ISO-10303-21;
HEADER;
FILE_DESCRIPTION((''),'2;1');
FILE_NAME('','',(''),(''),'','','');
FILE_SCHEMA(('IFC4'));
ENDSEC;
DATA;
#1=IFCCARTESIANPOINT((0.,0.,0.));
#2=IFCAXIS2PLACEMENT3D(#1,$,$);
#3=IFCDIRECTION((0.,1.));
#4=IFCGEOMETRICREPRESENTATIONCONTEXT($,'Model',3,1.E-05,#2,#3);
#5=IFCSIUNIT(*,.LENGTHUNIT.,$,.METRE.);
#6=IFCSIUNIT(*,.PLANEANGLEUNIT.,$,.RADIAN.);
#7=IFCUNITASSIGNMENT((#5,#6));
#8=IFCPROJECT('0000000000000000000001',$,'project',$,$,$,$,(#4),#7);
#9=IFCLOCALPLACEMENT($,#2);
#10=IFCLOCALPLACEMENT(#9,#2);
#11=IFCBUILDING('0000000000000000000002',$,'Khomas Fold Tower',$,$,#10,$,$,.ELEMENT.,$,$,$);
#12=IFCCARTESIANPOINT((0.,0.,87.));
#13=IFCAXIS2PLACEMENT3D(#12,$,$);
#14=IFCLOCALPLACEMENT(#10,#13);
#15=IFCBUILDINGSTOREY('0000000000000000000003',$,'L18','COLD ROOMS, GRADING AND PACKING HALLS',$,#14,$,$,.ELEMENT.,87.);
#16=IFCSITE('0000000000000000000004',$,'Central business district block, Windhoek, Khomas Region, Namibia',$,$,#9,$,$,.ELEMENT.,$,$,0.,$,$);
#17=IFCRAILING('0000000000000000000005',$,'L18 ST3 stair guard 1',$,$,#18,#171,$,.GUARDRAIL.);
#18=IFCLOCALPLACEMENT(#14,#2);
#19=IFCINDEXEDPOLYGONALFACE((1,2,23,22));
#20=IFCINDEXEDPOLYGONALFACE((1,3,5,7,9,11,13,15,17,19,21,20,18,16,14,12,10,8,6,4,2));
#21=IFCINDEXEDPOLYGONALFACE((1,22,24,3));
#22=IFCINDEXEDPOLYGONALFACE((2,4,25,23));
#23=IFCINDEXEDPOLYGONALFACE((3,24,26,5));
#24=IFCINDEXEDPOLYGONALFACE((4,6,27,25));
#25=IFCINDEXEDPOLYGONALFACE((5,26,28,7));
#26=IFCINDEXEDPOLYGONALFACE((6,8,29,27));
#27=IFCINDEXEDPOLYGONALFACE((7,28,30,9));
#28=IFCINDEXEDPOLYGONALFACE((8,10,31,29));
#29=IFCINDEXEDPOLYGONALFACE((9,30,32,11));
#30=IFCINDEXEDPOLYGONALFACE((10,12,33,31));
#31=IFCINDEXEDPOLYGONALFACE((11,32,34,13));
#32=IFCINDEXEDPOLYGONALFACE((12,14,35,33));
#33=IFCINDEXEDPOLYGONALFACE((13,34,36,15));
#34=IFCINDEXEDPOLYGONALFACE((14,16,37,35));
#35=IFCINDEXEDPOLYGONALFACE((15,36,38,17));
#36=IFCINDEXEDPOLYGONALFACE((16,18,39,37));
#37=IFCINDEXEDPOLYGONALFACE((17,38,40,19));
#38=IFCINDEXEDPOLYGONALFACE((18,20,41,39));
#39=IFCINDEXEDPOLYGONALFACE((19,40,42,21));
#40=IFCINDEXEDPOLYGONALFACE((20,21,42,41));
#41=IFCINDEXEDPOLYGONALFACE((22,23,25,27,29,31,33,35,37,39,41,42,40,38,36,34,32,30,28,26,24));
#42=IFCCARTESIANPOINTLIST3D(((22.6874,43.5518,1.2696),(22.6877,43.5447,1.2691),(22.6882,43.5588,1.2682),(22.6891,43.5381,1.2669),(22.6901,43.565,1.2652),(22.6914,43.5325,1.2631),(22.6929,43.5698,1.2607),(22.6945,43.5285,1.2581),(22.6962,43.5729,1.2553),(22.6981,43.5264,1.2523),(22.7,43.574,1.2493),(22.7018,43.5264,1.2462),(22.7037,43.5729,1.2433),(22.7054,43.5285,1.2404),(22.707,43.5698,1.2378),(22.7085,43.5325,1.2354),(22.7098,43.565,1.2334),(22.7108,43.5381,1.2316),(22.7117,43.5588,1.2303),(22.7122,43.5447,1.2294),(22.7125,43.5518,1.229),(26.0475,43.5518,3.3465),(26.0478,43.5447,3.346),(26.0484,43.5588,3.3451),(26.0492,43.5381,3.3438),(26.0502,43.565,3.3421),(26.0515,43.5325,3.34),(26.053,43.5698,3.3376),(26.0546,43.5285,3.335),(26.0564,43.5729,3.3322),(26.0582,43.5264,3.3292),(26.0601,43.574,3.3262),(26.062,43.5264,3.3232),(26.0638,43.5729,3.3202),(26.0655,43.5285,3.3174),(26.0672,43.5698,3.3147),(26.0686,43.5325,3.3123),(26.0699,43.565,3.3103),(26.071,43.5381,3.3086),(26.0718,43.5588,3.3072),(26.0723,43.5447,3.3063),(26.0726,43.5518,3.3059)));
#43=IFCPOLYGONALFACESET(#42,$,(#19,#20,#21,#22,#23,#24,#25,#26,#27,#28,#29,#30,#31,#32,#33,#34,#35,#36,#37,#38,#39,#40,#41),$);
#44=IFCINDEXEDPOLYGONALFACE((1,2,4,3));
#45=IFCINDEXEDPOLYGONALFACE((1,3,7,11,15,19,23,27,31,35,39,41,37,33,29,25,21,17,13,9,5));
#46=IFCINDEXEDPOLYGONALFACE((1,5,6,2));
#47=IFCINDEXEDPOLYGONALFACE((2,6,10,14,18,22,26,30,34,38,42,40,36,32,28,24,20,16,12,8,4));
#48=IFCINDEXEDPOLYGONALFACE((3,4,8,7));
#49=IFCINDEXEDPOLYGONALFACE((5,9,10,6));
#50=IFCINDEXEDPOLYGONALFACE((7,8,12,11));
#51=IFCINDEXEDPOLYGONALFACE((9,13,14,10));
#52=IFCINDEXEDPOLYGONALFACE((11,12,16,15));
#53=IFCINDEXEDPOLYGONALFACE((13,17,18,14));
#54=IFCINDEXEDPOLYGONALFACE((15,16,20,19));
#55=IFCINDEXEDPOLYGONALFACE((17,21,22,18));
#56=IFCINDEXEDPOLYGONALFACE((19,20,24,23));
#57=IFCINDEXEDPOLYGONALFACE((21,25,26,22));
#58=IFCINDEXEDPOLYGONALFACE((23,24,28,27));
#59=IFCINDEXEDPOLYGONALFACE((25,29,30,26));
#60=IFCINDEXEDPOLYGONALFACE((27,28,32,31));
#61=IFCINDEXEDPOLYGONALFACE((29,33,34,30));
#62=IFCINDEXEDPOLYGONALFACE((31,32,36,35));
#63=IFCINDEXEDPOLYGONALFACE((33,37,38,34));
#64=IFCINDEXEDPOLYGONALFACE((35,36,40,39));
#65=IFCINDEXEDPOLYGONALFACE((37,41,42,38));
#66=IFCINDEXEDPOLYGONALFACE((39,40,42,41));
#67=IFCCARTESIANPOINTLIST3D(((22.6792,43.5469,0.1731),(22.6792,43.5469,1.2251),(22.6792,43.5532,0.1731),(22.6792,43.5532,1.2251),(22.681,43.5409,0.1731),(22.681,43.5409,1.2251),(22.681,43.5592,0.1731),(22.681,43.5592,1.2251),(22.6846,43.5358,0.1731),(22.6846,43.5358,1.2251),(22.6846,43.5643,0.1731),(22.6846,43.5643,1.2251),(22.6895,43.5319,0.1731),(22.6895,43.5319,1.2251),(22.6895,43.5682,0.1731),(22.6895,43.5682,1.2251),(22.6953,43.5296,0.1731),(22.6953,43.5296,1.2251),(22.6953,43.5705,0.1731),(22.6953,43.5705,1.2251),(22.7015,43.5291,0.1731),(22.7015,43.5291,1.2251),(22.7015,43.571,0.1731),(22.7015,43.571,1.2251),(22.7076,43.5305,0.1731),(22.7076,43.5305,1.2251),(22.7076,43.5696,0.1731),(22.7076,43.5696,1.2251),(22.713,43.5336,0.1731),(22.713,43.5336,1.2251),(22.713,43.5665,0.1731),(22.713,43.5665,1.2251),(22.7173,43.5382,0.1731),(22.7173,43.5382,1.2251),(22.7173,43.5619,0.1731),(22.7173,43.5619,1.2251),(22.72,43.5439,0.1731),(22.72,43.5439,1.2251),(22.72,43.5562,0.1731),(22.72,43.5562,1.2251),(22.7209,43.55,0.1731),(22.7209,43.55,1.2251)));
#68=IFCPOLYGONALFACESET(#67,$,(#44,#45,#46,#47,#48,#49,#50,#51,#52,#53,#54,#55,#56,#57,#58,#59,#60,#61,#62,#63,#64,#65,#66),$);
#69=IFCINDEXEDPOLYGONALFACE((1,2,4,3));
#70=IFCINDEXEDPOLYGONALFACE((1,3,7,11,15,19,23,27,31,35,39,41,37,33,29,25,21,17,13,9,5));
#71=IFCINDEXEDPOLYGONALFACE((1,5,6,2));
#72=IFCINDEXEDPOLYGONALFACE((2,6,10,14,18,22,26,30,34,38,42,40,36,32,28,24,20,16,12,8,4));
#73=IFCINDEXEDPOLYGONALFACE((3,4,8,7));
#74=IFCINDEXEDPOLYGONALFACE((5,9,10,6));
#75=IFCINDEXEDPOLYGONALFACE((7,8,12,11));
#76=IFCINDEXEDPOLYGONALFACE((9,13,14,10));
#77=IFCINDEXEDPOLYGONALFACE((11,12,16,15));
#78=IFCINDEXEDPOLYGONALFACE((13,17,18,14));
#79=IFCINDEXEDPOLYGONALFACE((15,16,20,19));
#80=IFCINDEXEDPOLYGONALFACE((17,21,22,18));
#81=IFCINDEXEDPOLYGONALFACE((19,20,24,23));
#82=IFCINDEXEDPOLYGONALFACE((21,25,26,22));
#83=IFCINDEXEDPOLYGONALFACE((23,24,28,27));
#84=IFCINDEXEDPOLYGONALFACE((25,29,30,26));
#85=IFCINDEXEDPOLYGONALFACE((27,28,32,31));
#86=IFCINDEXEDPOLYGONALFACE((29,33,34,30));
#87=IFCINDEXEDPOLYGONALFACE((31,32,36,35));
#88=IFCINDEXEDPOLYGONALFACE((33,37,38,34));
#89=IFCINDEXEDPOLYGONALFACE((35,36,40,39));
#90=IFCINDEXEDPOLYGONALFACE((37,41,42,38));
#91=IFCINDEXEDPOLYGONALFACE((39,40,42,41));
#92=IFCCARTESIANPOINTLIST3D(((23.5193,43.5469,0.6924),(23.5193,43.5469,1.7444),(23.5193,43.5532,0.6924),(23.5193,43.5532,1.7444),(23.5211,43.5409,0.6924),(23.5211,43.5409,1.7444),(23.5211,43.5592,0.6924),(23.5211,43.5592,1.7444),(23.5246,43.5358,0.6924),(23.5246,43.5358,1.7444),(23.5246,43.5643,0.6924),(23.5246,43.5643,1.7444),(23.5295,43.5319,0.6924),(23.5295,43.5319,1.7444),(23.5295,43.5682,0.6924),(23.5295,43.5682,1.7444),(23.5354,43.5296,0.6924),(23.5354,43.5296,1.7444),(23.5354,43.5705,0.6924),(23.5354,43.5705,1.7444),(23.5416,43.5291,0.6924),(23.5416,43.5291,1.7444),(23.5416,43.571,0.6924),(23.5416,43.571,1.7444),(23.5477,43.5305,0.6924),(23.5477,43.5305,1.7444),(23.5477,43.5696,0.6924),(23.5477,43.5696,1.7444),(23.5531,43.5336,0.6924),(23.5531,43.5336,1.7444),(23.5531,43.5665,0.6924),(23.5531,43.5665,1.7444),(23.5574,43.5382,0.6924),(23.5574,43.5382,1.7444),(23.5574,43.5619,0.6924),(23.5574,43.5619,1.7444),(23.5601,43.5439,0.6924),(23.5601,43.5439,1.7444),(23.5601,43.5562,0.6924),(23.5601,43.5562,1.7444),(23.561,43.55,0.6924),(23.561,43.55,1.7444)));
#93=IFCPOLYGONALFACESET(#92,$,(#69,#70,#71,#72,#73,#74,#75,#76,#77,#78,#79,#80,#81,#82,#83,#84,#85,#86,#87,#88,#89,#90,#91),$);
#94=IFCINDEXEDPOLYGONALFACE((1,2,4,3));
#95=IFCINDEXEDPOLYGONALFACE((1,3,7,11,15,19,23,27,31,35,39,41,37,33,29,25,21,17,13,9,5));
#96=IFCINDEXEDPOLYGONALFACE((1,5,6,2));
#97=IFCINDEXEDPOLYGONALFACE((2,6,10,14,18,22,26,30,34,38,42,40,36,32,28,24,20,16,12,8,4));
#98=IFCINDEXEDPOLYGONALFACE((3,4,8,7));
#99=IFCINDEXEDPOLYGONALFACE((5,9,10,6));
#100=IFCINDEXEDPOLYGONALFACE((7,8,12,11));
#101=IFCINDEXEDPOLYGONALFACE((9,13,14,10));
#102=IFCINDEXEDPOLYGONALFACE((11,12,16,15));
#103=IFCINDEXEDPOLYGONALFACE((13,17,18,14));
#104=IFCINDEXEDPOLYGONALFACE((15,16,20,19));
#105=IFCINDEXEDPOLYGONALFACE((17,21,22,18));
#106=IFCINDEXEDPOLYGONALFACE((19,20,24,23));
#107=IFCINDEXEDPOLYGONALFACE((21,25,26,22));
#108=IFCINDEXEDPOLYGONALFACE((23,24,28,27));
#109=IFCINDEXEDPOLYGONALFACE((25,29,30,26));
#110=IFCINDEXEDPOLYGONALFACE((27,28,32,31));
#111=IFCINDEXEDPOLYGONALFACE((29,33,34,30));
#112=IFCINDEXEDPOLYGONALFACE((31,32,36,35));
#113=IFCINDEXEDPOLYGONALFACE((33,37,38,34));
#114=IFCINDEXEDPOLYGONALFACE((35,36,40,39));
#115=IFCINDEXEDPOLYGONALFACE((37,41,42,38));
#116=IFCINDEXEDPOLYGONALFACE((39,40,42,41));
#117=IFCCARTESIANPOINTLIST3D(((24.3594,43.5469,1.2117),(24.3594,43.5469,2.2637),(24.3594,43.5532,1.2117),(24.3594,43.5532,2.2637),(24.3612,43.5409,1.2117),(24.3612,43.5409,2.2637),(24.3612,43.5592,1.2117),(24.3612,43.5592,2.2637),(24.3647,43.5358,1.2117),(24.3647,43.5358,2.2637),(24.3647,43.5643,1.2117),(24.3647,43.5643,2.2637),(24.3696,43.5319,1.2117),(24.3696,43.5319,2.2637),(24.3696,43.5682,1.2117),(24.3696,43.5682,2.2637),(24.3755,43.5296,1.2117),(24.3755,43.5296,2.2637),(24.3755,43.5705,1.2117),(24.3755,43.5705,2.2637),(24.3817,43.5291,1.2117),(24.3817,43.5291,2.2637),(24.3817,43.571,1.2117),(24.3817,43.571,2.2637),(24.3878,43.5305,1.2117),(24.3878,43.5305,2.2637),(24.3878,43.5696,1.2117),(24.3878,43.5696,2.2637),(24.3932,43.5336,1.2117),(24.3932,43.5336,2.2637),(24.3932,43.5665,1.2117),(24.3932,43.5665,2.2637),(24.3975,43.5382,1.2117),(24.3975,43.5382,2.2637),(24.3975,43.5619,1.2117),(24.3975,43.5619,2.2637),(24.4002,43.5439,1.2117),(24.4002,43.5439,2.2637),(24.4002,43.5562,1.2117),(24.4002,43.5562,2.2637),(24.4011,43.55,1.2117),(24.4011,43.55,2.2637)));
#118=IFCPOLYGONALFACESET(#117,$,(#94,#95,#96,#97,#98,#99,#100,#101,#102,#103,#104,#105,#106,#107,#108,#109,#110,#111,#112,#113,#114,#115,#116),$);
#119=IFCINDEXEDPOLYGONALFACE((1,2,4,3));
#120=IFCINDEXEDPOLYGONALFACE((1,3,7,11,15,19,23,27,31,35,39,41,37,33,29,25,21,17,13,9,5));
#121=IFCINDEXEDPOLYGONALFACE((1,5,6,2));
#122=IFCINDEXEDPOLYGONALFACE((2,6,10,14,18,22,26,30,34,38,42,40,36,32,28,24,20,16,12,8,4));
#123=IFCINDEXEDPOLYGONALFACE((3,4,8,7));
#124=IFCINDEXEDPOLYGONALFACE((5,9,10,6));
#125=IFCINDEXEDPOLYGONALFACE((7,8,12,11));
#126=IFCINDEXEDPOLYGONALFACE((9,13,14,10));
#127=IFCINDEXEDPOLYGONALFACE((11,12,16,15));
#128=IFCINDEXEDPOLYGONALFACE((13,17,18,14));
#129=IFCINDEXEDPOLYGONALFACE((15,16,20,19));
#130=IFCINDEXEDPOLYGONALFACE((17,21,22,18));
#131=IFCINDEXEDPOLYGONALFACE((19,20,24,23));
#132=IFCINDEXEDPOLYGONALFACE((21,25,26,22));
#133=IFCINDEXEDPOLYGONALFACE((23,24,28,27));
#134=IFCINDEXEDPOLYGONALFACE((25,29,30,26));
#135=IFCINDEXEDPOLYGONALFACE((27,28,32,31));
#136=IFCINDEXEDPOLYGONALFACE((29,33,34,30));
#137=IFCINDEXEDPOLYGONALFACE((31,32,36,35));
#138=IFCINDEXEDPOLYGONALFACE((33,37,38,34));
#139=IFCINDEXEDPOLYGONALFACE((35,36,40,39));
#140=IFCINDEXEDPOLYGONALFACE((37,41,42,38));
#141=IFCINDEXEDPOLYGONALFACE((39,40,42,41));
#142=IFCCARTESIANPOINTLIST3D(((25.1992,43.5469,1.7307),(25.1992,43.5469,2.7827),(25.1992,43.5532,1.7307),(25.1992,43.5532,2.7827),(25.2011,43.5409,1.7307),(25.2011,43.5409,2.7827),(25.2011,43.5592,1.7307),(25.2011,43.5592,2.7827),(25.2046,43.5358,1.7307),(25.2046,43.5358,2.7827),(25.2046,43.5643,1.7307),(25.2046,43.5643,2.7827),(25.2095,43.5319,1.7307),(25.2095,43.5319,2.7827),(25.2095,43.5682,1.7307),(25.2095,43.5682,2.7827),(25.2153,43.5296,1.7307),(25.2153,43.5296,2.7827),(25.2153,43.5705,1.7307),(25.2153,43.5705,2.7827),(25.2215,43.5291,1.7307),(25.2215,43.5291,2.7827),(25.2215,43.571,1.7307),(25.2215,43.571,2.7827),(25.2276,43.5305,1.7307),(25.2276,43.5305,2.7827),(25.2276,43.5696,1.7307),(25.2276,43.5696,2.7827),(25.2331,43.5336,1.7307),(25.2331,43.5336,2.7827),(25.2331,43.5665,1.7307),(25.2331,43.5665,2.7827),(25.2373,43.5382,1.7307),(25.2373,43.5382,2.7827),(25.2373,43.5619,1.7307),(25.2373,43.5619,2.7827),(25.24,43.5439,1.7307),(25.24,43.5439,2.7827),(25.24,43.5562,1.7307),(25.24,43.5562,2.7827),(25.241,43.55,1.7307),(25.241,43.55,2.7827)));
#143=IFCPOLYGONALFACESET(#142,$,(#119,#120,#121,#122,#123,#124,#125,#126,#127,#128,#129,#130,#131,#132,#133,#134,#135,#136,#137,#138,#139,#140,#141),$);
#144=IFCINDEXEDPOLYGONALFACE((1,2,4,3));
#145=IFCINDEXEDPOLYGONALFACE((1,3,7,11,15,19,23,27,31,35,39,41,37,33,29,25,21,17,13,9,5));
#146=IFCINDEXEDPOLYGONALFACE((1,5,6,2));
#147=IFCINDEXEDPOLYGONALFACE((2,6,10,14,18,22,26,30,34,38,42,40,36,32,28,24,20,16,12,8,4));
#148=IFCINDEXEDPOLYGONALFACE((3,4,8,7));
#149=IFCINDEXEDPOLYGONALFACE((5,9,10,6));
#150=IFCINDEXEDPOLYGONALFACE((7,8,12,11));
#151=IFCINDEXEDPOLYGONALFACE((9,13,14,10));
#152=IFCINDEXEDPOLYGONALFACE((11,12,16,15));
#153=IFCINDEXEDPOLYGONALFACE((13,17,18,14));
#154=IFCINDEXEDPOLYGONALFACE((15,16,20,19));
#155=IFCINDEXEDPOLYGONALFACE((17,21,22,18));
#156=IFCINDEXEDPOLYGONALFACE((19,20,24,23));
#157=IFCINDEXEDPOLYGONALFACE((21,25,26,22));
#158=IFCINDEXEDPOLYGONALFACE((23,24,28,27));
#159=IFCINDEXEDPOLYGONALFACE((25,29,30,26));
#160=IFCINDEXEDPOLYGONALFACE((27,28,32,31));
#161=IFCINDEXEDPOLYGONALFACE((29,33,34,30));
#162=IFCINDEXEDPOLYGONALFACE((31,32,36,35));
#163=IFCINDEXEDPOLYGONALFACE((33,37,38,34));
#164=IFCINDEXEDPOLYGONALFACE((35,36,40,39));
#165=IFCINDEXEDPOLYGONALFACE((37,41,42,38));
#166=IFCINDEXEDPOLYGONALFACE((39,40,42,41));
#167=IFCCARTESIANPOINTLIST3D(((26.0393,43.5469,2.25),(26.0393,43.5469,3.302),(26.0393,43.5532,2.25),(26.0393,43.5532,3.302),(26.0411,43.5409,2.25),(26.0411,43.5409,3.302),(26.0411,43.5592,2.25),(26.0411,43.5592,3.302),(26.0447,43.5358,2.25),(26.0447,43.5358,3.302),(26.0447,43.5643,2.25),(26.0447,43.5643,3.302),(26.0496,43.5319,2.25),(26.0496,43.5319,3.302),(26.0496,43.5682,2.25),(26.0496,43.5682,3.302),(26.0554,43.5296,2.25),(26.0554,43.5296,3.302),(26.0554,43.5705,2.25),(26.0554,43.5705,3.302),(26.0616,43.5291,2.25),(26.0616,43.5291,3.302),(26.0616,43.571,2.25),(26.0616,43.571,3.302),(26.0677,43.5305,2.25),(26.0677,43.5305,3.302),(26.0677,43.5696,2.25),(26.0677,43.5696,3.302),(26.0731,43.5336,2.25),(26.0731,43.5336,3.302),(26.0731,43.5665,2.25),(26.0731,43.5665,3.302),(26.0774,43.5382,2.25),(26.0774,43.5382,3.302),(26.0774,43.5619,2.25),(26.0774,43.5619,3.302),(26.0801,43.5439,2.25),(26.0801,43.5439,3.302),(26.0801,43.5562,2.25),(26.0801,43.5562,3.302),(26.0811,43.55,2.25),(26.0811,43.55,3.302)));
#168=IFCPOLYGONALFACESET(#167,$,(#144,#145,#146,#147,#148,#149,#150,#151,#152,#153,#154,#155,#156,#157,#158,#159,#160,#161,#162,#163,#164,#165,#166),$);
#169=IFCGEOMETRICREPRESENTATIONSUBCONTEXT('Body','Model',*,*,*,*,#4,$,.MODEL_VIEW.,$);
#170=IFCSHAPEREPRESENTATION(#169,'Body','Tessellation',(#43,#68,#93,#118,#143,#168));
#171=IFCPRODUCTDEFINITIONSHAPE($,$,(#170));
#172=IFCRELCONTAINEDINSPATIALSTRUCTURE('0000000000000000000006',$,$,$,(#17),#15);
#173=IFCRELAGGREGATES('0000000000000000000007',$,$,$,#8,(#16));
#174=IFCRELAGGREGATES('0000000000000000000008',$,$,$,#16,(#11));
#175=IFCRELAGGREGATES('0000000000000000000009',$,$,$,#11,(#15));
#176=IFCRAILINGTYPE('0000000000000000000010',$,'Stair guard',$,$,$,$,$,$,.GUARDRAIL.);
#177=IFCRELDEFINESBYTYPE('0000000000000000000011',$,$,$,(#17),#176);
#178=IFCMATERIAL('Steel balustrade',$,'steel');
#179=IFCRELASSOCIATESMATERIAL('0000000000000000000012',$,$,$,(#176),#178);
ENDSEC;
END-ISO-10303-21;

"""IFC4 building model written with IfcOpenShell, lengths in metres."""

from ifc_helpers import new_model, si_unit, direction, frame, origin, origin_2d, place, context, subcontext, project, spatial, circle, extrude, source, transform, mapped, material, type_object, element, save


model = new_model("IFC4")

# Units and contexts
model_context = context("Model", 3, precision=1e-05, world=origin(), true_north=direction((0.0, 1.0)))
body_context = subcontext(model_context, "Body", "Model", "MODEL_VIEW")
ifc_project = project(units=[si_unit("LENGTHUNIT", "METRE"), si_unit("PLANEANGLEUNIT", "RADIAN")], contexts=[model_context])

# Site, building, storey
site_placement = place(None, origin())
site = spatial("IfcSite", under=ifc_project, at=site_placement, Name="Central business district block, Windhoek, Khomas Region, Namibia", CompositionType="ELEMENT", RefElevation=0.0)
building_placement = place(site_placement, origin())
building = spatial("IfcBuilding", under=site, at=building_placement, Name="Khomas Fold Tower", CompositionType="ELEMENT")
storey_placement = place(building_placement, frame((0.0, 0.0, 87.0)))
storey = spatial("IfcBuildingStorey", under=building, at=storey_placement, Name="L18", Description="COLD ROOMS, GRADING AND PACKING HALLS", CompositionType="ELEMENT", Elevation=87.0)

# Railing
ifc_material_1 = material(Name="Steel balustrade", Category="steel")
railing_type_1 = type_object("IfcRailingType", Name="Stair guard", PredefinedType="GUARDRAIL", material=ifc_material_1)
shared_shape_1 = source(origin(), body_context, "Body", "SweptSolid", [
    extrude(circle(Radius=0.0239, at=origin_2d()), frame((0.0, 0.0, 1.0762), z_axis=(0.850623, 0.0, 0.525776), x_axis=(0.0, 1.0, 0.0)), (0.0, 0.0, 1.0), 3.9502),
    extrude(circle(Radius=0.021, at=origin_2d()), origin(), (0.0, 0.0, 1.0), 1.052),
    extrude(circle(Radius=0.021, at=origin_2d()), frame((0.8401, 0.0, 0.5193)), (0.0, 0.0, 1.0), 1.052),
    extrude(circle(Radius=0.021, at=origin_2d()), frame((1.6802, 0.0, 1.0386)), (0.0, 0.0, 1.0), 1.052),
    extrude(circle(Radius=0.021, at=origin_2d()), frame((2.52, 0.0, 1.5576)), (0.0, 0.0, 1.0), 1.052),
    extrude(circle(Radius=0.021, at=origin_2d()), frame((3.3601, 0.0, 2.0769)), (0.0, 0.0, 1.0), 1.052),
])
railing_1_placement = place(storey_placement, frame((22.7, 43.55, 0.1731)))
element("IfcRailing", 1, at=railing_1_placement, inside=storey, type_object=railing_type_1, Name="L18 ST3 stair guard 1", PredefinedType="GUARDRAIL", context=body_context, shape_type="MappedRepresentation", body=[
    mapped(shared_shape_1, transform((0.0, 0.0, 0.0))),
])

save(model, "model.ifc")
